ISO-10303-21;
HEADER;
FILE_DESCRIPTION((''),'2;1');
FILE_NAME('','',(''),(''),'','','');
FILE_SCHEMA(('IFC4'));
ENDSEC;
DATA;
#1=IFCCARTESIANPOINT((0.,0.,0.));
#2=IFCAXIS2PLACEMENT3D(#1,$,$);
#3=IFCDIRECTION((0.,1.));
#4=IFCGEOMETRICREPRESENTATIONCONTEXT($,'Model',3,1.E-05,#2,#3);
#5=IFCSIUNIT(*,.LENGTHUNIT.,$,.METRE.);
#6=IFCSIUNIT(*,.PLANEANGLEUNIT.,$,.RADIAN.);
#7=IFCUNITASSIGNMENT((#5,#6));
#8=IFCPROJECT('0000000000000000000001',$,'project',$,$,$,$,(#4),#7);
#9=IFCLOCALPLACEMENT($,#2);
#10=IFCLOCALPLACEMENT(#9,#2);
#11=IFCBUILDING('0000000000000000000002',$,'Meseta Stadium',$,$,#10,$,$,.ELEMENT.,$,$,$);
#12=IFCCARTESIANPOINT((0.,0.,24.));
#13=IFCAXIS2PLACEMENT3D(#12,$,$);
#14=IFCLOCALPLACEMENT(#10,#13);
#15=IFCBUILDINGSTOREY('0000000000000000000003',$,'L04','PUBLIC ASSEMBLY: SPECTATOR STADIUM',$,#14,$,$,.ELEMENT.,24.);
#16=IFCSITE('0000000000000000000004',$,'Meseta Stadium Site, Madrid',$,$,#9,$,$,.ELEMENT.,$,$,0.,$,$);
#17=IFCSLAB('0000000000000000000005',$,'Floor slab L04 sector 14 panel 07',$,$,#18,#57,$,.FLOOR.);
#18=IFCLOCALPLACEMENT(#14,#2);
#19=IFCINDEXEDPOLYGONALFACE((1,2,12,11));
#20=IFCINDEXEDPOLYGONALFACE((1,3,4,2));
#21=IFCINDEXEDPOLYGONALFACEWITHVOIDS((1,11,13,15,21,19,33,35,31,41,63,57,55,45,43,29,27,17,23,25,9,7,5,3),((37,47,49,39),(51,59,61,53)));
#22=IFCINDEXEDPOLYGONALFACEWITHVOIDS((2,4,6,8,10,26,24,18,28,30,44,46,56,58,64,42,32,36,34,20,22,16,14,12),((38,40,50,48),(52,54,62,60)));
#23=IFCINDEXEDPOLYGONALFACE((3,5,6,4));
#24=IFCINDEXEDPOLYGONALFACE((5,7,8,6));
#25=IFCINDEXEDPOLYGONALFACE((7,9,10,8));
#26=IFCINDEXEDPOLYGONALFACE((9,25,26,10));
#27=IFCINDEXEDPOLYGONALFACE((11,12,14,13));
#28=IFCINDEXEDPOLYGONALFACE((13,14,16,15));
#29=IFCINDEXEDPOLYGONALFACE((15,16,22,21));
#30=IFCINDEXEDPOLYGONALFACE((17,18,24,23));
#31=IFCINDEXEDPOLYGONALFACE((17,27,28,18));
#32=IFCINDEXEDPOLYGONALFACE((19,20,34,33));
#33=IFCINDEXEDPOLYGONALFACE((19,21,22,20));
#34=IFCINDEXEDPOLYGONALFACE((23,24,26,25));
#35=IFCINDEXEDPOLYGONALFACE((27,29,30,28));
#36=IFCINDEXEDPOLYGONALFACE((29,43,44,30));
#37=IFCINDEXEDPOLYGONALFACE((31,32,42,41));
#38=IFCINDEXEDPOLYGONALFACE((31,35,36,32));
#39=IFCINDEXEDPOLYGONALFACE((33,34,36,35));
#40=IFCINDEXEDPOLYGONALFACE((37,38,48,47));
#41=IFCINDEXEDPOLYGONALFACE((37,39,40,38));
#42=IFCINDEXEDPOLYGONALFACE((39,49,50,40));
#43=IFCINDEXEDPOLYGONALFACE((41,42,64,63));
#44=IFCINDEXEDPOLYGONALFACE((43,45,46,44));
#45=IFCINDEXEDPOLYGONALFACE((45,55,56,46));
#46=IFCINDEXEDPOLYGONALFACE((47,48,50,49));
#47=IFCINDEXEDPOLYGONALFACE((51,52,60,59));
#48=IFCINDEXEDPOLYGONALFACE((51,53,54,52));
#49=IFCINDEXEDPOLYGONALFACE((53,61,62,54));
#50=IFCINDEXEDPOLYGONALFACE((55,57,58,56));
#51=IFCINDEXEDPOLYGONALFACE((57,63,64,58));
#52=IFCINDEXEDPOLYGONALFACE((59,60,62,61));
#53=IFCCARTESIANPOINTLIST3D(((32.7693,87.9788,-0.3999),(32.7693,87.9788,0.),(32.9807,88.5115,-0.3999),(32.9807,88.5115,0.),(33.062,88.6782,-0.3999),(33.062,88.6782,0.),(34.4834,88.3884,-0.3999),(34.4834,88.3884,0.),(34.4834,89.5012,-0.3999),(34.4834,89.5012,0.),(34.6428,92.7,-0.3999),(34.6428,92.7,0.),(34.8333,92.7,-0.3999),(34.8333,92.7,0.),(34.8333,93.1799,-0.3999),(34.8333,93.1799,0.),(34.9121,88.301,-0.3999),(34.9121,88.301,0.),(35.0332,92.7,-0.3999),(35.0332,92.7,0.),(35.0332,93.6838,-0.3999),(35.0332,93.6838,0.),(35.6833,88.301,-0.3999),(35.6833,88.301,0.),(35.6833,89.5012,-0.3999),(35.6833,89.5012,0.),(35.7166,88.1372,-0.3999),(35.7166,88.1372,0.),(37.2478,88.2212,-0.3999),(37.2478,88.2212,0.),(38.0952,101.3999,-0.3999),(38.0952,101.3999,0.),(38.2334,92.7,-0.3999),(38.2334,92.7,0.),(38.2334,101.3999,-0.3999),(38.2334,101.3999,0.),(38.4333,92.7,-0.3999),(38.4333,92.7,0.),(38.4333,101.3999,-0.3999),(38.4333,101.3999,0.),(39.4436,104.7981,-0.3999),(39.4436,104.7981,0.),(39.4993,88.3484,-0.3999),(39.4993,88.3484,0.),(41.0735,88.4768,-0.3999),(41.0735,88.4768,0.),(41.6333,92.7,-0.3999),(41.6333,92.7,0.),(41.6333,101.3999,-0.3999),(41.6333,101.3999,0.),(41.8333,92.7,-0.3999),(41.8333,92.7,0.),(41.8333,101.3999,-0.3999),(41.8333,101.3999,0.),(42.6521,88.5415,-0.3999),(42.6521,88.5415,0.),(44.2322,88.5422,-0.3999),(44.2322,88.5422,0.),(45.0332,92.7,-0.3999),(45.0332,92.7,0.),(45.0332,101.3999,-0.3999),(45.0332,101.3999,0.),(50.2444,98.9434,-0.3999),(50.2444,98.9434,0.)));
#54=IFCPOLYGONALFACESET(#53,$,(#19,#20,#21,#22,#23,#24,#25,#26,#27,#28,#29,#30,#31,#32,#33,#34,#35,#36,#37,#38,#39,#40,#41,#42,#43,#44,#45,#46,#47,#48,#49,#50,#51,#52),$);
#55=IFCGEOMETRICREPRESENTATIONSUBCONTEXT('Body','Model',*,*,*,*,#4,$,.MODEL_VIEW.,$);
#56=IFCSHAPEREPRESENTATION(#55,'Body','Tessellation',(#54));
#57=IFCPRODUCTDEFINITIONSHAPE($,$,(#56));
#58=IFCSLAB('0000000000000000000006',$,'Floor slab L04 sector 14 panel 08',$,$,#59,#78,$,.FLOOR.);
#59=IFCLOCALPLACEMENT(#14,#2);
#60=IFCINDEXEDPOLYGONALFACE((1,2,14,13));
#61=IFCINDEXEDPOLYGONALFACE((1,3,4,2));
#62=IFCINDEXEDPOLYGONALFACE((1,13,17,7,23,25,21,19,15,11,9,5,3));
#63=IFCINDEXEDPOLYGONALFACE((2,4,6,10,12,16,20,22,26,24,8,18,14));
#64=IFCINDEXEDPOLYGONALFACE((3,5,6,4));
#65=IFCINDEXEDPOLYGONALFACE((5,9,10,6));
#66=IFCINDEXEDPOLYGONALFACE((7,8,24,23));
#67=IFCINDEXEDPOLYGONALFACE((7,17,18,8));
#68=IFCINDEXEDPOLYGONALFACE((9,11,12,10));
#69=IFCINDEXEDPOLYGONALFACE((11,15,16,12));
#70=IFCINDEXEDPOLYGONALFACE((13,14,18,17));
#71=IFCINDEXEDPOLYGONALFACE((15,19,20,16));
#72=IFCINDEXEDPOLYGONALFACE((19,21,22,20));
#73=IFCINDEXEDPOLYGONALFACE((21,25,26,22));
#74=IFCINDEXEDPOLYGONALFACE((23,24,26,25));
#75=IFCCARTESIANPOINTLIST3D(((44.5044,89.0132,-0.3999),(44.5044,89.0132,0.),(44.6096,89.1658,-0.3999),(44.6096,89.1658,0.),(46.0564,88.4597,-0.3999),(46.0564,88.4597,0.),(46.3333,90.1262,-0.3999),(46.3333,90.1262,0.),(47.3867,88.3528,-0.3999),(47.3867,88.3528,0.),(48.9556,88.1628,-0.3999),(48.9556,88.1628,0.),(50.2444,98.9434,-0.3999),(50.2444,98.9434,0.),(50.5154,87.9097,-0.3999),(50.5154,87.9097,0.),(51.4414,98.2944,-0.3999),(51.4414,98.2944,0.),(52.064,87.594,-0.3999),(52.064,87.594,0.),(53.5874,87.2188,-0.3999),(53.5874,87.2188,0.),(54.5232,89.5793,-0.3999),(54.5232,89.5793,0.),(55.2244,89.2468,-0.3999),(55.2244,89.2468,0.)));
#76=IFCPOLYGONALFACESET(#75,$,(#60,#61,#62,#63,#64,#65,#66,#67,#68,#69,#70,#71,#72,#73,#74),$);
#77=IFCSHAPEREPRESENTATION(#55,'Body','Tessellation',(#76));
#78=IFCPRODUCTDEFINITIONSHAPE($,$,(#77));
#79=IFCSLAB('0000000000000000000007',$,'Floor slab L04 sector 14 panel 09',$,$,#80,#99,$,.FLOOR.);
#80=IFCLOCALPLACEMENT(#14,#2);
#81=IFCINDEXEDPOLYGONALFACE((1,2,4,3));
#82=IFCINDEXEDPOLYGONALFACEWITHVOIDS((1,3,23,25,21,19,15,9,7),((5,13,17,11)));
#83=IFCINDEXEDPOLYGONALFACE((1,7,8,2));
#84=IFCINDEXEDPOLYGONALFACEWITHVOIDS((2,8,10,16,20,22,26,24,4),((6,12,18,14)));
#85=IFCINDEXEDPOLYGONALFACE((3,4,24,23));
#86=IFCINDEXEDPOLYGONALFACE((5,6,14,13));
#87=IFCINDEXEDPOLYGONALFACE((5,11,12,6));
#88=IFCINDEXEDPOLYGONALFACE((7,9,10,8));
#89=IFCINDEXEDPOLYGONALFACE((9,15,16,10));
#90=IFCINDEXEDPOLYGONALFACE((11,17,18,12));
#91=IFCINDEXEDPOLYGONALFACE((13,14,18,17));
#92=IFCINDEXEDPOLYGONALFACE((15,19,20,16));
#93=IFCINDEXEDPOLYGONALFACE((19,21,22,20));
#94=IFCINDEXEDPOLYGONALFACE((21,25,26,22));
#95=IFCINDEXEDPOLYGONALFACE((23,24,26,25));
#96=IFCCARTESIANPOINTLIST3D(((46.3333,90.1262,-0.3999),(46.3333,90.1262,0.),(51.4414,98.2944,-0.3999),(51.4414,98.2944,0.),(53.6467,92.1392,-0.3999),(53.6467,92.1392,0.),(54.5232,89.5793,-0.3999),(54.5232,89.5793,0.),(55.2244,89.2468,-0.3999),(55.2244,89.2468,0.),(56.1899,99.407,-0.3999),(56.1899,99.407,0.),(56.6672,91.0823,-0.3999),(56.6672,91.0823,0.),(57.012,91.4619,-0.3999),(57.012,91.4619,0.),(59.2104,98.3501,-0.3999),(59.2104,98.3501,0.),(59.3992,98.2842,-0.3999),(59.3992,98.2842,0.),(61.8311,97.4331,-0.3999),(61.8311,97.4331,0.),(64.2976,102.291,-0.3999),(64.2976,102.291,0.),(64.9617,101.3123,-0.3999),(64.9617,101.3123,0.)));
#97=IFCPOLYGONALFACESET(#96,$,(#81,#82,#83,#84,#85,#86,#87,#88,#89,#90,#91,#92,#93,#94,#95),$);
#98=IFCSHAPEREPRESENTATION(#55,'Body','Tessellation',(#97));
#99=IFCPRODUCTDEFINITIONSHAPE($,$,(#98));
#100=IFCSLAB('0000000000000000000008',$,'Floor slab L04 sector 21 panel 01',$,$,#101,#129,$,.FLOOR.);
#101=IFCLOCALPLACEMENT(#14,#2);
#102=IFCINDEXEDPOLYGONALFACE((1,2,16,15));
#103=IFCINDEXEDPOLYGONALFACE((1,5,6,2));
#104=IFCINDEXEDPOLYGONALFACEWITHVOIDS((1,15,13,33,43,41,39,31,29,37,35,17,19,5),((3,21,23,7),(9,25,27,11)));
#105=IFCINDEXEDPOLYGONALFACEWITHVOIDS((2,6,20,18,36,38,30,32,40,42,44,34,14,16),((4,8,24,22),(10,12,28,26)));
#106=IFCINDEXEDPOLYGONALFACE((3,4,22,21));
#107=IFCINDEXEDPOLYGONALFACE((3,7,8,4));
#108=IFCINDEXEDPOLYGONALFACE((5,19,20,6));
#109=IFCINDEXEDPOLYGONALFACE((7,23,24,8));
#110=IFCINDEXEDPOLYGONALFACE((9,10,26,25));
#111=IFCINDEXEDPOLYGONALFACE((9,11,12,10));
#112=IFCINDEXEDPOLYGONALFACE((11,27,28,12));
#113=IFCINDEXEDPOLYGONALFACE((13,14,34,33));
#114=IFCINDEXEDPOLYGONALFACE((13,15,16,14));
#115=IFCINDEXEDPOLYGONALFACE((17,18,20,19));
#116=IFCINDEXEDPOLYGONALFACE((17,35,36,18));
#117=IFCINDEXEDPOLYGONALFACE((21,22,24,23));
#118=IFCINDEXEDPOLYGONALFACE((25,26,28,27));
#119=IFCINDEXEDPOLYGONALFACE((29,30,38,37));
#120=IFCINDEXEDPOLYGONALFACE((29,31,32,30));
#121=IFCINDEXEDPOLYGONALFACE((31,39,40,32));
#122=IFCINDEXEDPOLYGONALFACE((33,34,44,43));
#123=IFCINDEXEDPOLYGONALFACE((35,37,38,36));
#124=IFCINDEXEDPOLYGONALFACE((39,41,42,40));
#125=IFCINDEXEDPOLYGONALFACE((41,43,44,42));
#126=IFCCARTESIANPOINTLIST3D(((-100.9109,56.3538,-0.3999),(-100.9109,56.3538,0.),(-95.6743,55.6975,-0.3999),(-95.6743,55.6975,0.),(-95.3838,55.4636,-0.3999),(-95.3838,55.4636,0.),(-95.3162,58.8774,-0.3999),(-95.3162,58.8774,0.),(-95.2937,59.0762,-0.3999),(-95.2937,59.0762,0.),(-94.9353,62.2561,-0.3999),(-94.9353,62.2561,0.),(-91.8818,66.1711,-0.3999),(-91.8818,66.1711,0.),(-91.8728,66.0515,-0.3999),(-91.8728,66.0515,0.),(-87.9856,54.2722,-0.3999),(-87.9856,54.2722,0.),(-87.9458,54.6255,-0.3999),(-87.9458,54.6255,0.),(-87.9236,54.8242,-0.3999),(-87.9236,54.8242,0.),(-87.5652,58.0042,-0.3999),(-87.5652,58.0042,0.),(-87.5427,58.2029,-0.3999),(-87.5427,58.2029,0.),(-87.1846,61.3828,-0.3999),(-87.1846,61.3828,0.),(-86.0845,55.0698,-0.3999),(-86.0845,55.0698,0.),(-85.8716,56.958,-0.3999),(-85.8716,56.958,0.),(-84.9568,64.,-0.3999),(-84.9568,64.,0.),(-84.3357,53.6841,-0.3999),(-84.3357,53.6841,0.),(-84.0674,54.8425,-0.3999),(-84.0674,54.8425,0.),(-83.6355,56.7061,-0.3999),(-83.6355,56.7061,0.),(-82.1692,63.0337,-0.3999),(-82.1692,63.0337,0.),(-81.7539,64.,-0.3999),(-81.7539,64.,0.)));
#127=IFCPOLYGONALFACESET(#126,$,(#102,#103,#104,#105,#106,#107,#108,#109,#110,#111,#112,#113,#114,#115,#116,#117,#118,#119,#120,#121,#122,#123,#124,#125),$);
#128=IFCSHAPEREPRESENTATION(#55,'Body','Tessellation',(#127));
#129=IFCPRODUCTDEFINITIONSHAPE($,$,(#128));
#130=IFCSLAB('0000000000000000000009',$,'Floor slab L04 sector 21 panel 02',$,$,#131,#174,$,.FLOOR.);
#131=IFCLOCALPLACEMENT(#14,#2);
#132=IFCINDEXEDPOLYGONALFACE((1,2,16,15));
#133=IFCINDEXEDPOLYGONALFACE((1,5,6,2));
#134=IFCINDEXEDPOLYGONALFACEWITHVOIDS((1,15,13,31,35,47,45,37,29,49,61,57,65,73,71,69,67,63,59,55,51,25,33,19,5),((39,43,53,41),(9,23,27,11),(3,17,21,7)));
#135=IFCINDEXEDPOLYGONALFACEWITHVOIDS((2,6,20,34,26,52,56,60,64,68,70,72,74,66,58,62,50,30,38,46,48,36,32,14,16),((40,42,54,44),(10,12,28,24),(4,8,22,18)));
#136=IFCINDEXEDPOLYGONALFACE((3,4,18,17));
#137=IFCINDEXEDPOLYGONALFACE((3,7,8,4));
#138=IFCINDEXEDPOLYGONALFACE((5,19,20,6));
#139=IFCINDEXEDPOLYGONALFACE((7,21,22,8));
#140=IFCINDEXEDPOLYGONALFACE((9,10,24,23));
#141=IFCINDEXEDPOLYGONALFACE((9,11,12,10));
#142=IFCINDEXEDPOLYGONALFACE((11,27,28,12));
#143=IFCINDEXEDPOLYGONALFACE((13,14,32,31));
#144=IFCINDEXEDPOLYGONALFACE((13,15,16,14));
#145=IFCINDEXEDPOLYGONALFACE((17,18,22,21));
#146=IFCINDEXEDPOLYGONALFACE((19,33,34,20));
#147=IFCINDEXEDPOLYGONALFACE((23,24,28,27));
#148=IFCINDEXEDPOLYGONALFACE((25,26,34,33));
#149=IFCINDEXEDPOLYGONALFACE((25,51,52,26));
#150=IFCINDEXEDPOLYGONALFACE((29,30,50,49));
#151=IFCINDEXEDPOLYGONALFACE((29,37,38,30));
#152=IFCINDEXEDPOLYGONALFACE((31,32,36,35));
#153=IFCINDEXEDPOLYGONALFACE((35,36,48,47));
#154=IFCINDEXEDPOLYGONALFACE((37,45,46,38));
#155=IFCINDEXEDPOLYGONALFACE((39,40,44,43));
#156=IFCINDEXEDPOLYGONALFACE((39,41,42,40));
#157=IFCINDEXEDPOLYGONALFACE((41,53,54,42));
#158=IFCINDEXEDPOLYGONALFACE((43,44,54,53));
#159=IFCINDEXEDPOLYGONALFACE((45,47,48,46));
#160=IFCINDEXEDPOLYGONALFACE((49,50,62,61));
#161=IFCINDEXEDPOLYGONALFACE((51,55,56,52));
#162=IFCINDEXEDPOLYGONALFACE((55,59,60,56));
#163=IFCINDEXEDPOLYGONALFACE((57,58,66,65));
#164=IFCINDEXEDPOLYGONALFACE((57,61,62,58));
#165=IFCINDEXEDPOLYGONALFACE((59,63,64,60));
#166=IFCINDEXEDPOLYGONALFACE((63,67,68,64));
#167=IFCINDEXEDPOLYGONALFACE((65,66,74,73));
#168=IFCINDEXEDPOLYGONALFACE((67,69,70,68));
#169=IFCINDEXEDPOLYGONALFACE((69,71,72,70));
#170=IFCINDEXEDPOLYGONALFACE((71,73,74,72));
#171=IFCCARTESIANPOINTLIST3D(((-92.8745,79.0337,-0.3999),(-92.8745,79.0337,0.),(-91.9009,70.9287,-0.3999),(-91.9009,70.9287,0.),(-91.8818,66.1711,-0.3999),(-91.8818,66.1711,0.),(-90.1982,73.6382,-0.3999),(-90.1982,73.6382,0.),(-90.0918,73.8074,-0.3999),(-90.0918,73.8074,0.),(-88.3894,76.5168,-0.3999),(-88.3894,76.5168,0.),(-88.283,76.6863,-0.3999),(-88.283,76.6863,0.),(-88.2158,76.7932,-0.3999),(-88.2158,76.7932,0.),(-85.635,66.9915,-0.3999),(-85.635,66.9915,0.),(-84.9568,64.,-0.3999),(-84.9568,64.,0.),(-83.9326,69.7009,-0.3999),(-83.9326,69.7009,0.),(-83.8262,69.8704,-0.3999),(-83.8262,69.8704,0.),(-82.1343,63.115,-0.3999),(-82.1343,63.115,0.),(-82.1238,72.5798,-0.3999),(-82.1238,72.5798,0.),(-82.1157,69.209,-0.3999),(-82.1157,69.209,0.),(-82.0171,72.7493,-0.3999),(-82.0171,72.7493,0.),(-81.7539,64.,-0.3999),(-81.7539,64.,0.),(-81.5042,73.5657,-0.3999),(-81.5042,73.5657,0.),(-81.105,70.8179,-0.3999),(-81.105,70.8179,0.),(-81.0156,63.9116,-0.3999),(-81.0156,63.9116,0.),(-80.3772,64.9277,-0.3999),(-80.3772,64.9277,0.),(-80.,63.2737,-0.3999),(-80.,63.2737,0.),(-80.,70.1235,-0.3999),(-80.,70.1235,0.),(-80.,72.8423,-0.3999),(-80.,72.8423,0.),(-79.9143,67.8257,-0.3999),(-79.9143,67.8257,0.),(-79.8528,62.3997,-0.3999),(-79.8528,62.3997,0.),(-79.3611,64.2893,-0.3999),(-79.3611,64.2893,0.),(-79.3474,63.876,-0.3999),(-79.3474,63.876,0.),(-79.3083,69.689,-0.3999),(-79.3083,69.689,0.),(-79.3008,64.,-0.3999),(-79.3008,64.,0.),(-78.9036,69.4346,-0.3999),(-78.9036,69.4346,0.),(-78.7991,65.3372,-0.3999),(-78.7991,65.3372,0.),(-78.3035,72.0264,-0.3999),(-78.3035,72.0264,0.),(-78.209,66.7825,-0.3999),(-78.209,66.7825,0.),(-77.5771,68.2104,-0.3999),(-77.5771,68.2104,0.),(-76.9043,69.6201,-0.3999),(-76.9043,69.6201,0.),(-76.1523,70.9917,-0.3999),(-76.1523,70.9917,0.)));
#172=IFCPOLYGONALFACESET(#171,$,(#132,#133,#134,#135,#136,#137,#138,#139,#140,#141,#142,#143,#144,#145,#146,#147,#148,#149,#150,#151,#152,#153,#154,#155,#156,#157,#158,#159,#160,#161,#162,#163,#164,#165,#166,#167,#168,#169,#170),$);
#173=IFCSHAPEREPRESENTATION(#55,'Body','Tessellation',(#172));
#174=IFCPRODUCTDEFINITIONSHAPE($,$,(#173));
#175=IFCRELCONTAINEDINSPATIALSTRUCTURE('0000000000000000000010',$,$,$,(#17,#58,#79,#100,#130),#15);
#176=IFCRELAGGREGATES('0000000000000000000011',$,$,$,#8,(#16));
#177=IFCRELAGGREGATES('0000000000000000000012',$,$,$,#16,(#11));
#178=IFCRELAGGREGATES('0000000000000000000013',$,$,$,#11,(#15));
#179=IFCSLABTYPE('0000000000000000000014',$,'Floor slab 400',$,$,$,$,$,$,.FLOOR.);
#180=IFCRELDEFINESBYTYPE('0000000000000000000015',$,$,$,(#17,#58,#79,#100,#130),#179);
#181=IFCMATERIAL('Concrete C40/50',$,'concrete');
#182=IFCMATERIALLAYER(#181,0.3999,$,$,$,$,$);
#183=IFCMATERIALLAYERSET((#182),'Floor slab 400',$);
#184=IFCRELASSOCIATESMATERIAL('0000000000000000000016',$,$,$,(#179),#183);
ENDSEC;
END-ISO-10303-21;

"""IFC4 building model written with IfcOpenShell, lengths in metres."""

from ifc_helpers import new_model, si_unit, direction, frame, origin, place, context, subcontext, project, spatial, polyline, outline, extrude, material, layer, layer_set, type_object, element, save


model = new_model("IFC4")

# Units and contexts
model_context = context("Model", 3, precision=1e-05, world=origin(), true_north=direction((0.0, 1.0)))
body_context = subcontext(model_context, "Body", "Model", "MODEL_VIEW")
ifc_project = project(units=[si_unit("LENGTHUNIT", "METRE"), si_unit("PLANEANGLEUNIT", "RADIAN")], contexts=[model_context])

# Site, building, storey
site_placement = place(None, origin())
site = spatial("IfcSite", under=ifc_project, at=site_placement, Name="Meseta Stadium Site, Madrid", CompositionType="ELEMENT", RefElevation=0.0)
building_placement = place(site_placement, origin())
building = spatial("IfcBuilding", under=site, at=building_placement, Name="Meseta Stadium", CompositionType="ELEMENT")
storey_placement = place(building_placement, frame((0.0, 0.0, 24.0)))
storey = spatial("IfcBuildingStorey", under=building, at=storey_placement, Name="L04", Description="PUBLIC ASSEMBLY: SPECTATOR STADIUM", CompositionType="ELEMENT", Elevation=24.0)

# Slabs
ifc_material = material(Name="Concrete C40/50", Category="concrete")
ifc_layer = layer(ifc_material, 0.3999)
ifc_layer_set = layer_set([ifc_layer], Name="Floor slab 400")
slab_type = type_object("IfcSlabType", Name="Floor slab 400", PredefinedType="FLOOR", material=ifc_layer_set)
slab_1_placement = place(storey_placement, frame((0.0, 0.0, -0.3999)))
element("IfcSlab", 1, at=slab_1_placement, inside=storey, type_object=slab_type, Name="Floor slab L04 sector 14 panel 07", PredefinedType="FLOOR", context=body_context, shape_type="SweptSolid", body=[
    extrude(outline(polyline([(32.7693, 87.9788), (32.9807, 88.5115), (33.062, 88.6782), (34.4834, 88.3884), (34.4834, 89.5012), (35.6833, 89.5012), (35.6833, 88.301), (34.9121, 88.301), (35.7166, 88.1372), (37.2478, 88.2212), (39.4993, 88.3484), (41.0735, 88.4768), (42.6521, 88.5415), (44.2322, 88.5422), (50.2444, 98.9434), (39.4436, 104.7981), (38.0952, 101.3999), (38.2334, 101.3999), (38.2334, 92.7), (35.0332, 92.7), (35.0332, 93.6838), (34.8333, 93.1799), (34.8333, 92.7), (34.6428, 92.7), (32.7693, 87.9788)]), holes=[polyline([(38.4333, 92.7), (38.4333, 101.3999), (41.6333, 101.3999), (41.6333, 92.7), (38.4333, 92.7)]), polyline([(41.8333, 92.7), (41.8333, 101.3999), (45.0332, 101.3999), (45.0332, 92.7), (41.8333, 92.7)])]), origin(), (0.0, 0.0, 1.0), 0.3999),
])
slab_2_placement = place(storey_placement, frame((0.0, 0.0, -0.3999)))
element("IfcSlab", 2, at=slab_2_placement, inside=storey, type_object=slab_type, Name="Floor slab L04 sector 14 panel 08", PredefinedType="FLOOR", context=body_context, shape_type="SweptSolid", body=[
    extrude(outline(polyline([(44.2322, 88.5422), (44.2324, 88.5422), (44.5044, 89.0132), (44.6096, 89.1658), (46.0564, 88.4597), (47.3867, 88.3528), (48.9556, 88.1628), (50.5154, 87.9097), (52.064, 87.594), (53.5874, 87.2188), (55.2244, 89.2468), (54.5232, 89.5793), (46.3333, 90.1262), (51.4414, 98.2944), (50.2444, 98.9434), (44.2322, 88.5422)])), origin(), (0.0, 0.0, 1.0), 0.3999),
])
slab_3_placement = place(storey_placement, frame((0.0, 0.0, -0.3999)))
element("IfcSlab", 3, at=slab_3_placement, inside=storey, type_object=slab_type, Name="Floor slab L04 sector 14 panel 09", PredefinedType="FLOOR", context=body_context, shape_type="SweptSolid", body=[
    extrude(outline(polyline([(59.3992, 98.2842), (61.8311, 97.4331), (64.9617, 101.3123), (64.2976, 102.291), (51.4414, 98.2944), (46.3333, 90.1262), (54.5232, 89.5793), (55.2244, 89.2468), (57.012, 91.4619), (59.3992, 98.2842)]), holes=[polyline([(56.6672, 91.0823), (53.6467, 92.1392), (56.1899, 99.407), (59.2104, 98.3501), (56.6672, 91.0823)])]), origin(), (0.0, 0.0, 1.0), 0.3999),
])
slab_4_placement = place(storey_placement, frame((0.0, 0.0, -0.3999)))
element("IfcSlab", 4, at=slab_4_placement, inside=storey, type_object=slab_type, Name="Floor slab L04 sector 21 panel 01", PredefinedType="FLOOR", context=body_context, shape_type="SweptSolid", body=[
    extrude(outline(polyline([(-87.9458, 54.6255), (-87.9856, 54.2722), (-84.3357, 53.6841), (-84.0674, 54.8425), (-86.0845, 55.0698), (-85.8716, 56.958), (-83.6355, 56.7061), (-82.1692, 63.0337), (-81.7539, 64.0), (-84.9568, 64.0), (-91.8818, 66.1711), (-91.8728, 66.0515), (-100.9109, 56.3538), (-95.3838, 55.4636), (-87.9458, 54.6255)]), holes=[polyline([(-95.6743, 55.6975), (-95.3162, 58.8774), (-87.5652, 58.0042), (-87.9236, 54.8242), (-95.6743, 55.6975)]), polyline([(-95.2937, 59.0762), (-94.9353, 62.2561), (-87.1846, 61.3828), (-87.5427, 58.2029), (-95.2937, 59.0762)])]), origin(), (0.0, 0.0, 1.0), 0.3999),
])
slab_5_placement = place(storey_placement, frame((0.0, 0.0, -0.3999)))
element("IfcSlab", 5, at=slab_5_placement, inside=storey, type_object=slab_type, Name="Floor slab L04 sector 21 panel 02", PredefinedType="FLOOR", context=body_context, shape_type="SweptSolid", body=[
    extrude(outline(polyline([(-82.1157, 69.209), (-81.105, 70.8179), (-80.0, 70.1235), (-80.0, 72.8423), (-81.5042, 73.5657), (-82.0171, 72.7493), (-88.283, 76.6863), (-88.2158, 76.7932), (-92.8745, 79.0337), (-91.8818, 66.1711), (-84.9568, 64.0), (-81.7539, 64.0), (-82.1343, 63.115), (-79.8528, 62.3997), (-79.3474, 63.876), (-79.3008, 64.0), (-78.7991, 65.3372), (-78.209, 66.7825), (-77.5771, 68.2104), (-76.9043, 69.6201), (-76.1523, 70.9917), (-78.3035, 72.0264), (-79.3083, 69.689), (-78.9036, 69.4346), (-79.9143, 67.8257), (-82.1157, 69.209)]), holes=[polyline([(-81.0156, 63.9116), (-80.3772, 64.9277), (-79.3611, 64.2893), (-80.0, 63.2737), (-81.0156, 63.9116)]), polyline([(-83.9326, 69.7009), (-85.635, 66.9915), (-91.9009, 70.9287), (-90.1982, 73.6382), (-83.9326, 69.7009)]), polyline([(-82.1238, 72.5798), (-83.8262, 69.8704), (-90.0918, 73.8074), (-88.3894, 76.5168), (-82.1238, 72.5798)])]), origin(), (0.0, 0.0, 1.0), 0.3999),
])

save(model, "model.ifc")
